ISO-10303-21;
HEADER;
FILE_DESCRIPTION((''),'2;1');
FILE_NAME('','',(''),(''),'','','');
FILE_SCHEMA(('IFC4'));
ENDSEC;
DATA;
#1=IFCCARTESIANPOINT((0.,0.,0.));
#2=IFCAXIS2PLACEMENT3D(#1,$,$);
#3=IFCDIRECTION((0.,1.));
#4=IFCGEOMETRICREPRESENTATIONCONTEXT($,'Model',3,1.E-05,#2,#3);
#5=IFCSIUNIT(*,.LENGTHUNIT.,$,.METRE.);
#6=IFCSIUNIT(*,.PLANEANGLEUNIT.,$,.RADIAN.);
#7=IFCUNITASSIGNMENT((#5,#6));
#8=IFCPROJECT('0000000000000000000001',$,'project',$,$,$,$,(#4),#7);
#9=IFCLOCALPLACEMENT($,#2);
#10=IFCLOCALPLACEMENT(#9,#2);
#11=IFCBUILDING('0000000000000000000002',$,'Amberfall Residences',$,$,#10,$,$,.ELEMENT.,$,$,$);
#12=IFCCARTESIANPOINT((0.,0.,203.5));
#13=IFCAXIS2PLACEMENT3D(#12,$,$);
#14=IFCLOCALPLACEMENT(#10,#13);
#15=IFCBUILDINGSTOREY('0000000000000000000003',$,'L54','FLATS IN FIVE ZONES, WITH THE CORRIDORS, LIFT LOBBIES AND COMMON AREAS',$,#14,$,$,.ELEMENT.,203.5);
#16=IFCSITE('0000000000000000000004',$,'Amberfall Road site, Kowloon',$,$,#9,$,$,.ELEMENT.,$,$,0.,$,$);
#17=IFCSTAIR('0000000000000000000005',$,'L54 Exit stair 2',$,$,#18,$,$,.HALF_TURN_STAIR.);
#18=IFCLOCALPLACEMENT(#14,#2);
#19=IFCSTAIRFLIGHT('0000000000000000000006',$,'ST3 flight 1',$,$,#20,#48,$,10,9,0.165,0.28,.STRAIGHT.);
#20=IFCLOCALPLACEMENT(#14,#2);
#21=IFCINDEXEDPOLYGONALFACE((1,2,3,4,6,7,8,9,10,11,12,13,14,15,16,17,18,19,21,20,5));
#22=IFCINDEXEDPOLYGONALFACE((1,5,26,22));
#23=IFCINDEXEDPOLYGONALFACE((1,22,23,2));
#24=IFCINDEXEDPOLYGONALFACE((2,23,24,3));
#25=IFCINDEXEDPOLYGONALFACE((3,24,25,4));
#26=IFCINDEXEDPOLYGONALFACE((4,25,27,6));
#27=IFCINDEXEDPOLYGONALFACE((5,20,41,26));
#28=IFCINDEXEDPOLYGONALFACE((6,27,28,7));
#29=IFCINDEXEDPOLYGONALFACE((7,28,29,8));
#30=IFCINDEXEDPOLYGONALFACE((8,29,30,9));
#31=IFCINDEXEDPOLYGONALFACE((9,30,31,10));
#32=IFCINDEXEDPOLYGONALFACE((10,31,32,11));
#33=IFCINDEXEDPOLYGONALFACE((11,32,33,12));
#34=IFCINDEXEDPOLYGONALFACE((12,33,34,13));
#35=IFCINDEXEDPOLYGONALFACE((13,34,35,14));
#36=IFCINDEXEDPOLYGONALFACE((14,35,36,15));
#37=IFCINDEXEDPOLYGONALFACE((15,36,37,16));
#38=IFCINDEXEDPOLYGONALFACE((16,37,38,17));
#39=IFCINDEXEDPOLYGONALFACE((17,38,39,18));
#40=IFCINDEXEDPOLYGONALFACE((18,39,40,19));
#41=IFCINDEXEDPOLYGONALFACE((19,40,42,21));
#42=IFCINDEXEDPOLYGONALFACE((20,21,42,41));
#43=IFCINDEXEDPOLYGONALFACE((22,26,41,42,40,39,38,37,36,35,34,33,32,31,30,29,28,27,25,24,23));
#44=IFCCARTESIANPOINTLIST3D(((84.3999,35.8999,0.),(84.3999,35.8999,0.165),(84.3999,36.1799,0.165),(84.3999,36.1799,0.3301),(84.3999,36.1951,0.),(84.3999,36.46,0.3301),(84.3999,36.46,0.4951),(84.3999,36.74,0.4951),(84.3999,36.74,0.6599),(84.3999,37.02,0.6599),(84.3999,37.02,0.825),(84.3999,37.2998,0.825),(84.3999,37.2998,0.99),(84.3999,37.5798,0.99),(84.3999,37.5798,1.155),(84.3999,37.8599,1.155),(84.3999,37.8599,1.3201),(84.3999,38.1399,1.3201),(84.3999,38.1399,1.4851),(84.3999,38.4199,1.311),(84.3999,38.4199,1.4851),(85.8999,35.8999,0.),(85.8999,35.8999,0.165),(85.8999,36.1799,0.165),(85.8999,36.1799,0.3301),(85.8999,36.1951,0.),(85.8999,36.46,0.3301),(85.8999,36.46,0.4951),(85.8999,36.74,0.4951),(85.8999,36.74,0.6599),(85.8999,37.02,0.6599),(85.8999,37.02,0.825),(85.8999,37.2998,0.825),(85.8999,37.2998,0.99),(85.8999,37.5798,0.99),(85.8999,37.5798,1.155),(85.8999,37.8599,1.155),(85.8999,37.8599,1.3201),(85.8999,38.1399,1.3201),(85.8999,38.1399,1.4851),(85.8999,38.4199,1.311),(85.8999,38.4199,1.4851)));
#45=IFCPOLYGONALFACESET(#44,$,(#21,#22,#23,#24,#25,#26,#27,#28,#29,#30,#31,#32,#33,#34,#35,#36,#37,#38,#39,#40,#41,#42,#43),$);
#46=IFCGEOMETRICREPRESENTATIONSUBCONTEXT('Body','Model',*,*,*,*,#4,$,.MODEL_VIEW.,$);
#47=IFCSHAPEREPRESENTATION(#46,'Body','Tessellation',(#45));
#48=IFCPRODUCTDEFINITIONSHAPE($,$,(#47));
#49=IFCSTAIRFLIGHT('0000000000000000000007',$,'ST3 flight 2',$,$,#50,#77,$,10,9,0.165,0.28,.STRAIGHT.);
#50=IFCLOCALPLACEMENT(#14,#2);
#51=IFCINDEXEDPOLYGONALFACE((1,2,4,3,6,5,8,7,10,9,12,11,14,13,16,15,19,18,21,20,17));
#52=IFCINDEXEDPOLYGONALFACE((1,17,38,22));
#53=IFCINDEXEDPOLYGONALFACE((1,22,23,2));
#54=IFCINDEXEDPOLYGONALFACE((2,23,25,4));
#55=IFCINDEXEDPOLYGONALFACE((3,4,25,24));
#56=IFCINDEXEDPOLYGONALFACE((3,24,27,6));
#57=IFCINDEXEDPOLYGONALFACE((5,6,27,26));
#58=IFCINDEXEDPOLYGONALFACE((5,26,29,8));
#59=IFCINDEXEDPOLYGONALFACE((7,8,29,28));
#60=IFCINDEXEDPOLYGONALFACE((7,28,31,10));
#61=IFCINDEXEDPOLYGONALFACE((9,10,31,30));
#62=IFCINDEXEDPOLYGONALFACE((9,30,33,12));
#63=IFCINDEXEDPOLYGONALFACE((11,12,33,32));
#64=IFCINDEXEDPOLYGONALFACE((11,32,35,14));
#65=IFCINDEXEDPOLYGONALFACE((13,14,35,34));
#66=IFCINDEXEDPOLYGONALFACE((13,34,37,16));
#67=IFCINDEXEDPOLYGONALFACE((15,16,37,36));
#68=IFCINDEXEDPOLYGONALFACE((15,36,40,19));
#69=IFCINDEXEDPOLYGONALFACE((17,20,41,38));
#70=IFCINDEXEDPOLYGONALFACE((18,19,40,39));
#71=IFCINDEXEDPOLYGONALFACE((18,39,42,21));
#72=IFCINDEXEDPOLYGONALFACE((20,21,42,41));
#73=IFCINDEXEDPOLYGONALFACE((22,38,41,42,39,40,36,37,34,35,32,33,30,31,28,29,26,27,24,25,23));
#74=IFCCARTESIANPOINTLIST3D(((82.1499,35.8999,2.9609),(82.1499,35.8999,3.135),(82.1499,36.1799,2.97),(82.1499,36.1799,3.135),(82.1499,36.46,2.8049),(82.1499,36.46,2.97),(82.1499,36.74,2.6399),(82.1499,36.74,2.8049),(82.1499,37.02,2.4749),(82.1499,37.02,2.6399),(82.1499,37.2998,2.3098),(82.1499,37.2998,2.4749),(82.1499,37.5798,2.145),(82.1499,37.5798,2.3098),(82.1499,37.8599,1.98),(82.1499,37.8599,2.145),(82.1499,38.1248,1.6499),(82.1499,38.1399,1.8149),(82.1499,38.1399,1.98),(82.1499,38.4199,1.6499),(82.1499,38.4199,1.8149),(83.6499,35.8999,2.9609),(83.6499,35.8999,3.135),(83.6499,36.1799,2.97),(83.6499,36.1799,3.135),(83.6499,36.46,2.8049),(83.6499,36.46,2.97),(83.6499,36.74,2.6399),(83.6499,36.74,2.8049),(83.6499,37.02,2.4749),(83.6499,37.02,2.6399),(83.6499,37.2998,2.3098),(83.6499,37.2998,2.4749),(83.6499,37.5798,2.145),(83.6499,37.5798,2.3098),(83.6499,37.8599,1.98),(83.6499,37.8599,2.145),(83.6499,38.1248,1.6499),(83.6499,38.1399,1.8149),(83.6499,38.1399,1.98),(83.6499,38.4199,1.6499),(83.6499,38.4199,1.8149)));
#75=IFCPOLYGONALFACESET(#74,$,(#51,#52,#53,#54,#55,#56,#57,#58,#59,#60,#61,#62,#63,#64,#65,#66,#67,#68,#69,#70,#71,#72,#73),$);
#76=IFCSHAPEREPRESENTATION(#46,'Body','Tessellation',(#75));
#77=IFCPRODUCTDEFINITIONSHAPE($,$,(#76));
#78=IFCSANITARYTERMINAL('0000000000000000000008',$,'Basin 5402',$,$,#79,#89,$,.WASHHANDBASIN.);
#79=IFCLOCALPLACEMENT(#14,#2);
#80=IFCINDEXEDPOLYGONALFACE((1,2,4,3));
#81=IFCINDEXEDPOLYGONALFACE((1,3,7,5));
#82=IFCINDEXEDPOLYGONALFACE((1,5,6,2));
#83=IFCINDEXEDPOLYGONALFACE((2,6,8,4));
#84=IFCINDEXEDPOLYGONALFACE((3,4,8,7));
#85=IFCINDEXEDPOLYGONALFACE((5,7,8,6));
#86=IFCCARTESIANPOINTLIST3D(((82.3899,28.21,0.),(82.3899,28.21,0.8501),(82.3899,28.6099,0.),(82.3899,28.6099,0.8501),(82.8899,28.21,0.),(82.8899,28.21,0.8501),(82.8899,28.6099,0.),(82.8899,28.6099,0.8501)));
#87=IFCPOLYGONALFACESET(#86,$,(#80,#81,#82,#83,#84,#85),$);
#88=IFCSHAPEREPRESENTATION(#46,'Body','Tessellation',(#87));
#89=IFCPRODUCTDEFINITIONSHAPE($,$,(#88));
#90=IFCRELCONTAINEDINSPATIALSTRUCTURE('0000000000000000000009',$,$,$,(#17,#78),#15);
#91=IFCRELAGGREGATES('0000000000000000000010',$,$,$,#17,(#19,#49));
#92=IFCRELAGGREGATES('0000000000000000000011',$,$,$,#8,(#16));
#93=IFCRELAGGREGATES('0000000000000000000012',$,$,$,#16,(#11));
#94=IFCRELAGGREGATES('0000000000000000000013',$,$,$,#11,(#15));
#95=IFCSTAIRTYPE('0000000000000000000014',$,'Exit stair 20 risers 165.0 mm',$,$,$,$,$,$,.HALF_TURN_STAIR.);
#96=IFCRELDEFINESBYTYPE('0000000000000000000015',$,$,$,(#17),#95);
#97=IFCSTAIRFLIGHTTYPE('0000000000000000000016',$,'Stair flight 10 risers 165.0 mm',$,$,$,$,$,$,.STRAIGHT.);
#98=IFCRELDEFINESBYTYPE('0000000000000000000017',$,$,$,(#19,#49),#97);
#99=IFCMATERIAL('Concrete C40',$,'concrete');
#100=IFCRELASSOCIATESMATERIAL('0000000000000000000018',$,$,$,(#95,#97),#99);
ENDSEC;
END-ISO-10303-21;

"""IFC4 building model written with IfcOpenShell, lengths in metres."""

from ifc_helpers import new_model, si_unit, direction, frame, origin, origin_2d, place, context, subcontext, project, spatial, polyline, rectangle, outline, extrude, material, type_object, element, aggregate, save


model = new_model("IFC4")

# Units and contexts
model_context = context("Model", 3, precision=1e-05, world=origin(), true_north=direction((0.0, 1.0)))
body_context = subcontext(model_context, "Body", "Model", "MODEL_VIEW")
ifc_project = project(units=[si_unit("LENGTHUNIT", "METRE"), si_unit("PLANEANGLEUNIT", "RADIAN")], contexts=[model_context])

# Site, building, storey
site_placement = place(None, origin())
site = spatial("IfcSite", under=ifc_project, at=site_placement, Name="Amberfall Road site, Kowloon", CompositionType="ELEMENT", RefElevation=0.0)
building_placement = place(site_placement, origin())
building = spatial("IfcBuilding", under=site, at=building_placement, Name="Amberfall Residences", CompositionType="ELEMENT")
storey_placement = place(building_placement, frame((0.0, 0.0, 203.5)))
storey = spatial("IfcBuildingStorey", under=building, at=storey_placement, Name="L54", Description="FLATS IN FIVE ZONES, WITH THE CORRIDORS, LIFT LOBBIES AND COMMON AREAS", CompositionType="ELEMENT", Elevation=203.5)

# Stair, stair flights
ifc_material_1 = material(Name="Concrete C40", Category="concrete")
stair_type = type_object("IfcStairType", Name="Exit stair 20 risers 165.0 mm", PredefinedType="HALF_TURN_STAIR", material=ifc_material_1)
stair_placement = place(storey_placement, origin())
stair = element("IfcStair", 1, at=stair_placement, inside=storey, type_object=stair_type, Name="L54 Exit stair 2", PredefinedType="HALF_TURN_STAIR")
stair_flight_type = type_object("IfcStairFlightType", Name="Stair flight 10 risers 165.0 mm", PredefinedType="STRAIGHT", material=ifc_material_1)
stair_flight_1_placement = place(storey_placement, frame((85.1499, 35.8999, 0.0), z_axis=(0.0, 0.0, 1.0), x_axis=(0.0, 1.0, 0.0)))
stair_flight_1 = element("IfcStairFlight", 2, at=stair_flight_1_placement, type_object=stair_flight_type, Name="ST3 flight 1", NumberOfRisers=10, NumberOfTreads=9, PredefinedType="STRAIGHT", RiserHeight=0.165, TreadLength=0.28, context=body_context, shape_type="SweptSolid", body=[
    extrude(outline(polyline([(0.0, 0.0), (0.0, 0.165), (0.28, 0.165), (0.28, 0.3301), (0.5601, 0.3301), (0.5601, 0.4951), (0.8401, 0.4951), (0.8401, 0.6599), (1.1201, 0.6599), (1.1201, 0.825), (1.3999, 0.825), (1.3999, 0.99), (1.6799, 0.99), (1.6799, 1.155), (1.96, 1.155), (1.96, 1.3201), (2.24, 1.3201), (2.24, 1.4851), (2.52, 1.4851), (2.52, 1.6499), (2.52, 1.311), (0.2952, 0.0), (0.0, 0.0)])), frame((0.0, 0.75, 0.0), z_axis=(0.0, -1.0, 0.0), x_axis=(1.0, 0.0, 0.0)), (0.0, 0.0, 1.0), 1.5),
])
stair_flight_2_placement = place(storey_placement, frame((82.8999, 38.4199, 1.6499), z_axis=(0.0, 0.0, 1.0), x_axis=(0.0, -1.0, 0.0)))
stair_flight_2 = element("IfcStairFlight", 3, at=stair_flight_2_placement, type_object=stair_flight_type, Name="ST3 flight 2", NumberOfRisers=10, NumberOfTreads=9, PredefinedType="STRAIGHT", RiserHeight=0.165, TreadLength=0.28, context=body_context, shape_type="SweptSolid", body=[
    extrude(outline(polyline([(0.0, 0.0), (0.0, 0.165), (0.28, 0.165), (0.28, 0.3301), (0.5601, 0.3301), (0.5601, 0.4951), (0.8401, 0.4951), (0.8401, 0.6599), (1.1201, 0.6599), (1.1201, 0.825), (1.3999, 0.825), (1.3999, 0.99), (1.6799, 0.99), (1.6799, 1.155), (1.96, 1.155), (1.96, 1.3201), (2.24, 1.3201), (2.24, 1.4851), (2.52, 1.4851), (2.52, 1.6499), (2.52, 1.311), (0.2952, 0.0), (0.0, 0.0)])), frame((0.0, 0.75, 0.0), z_axis=(0.0, -1.0, 0.0), x_axis=(1.0, 0.0, 0.0)), (0.0, 0.0, 1.0), 1.5),
])
aggregate(stair, [stair_flight_1, stair_flight_2])

# Sanitary terminal
sanitary_terminal_placement = place(storey_placement, frame((82.6399, 28.4099, 0.0), z_axis=(0.0, 0.0, 1.0), x_axis=(1.0, 0.0, 0.0)))
element("IfcSanitaryTerminal", 4, at=sanitary_terminal_placement, inside=storey, Name="Basin 5402", PredefinedType="WASHHANDBASIN", context=body_context, shape_type="SweptSolid", body=[
    extrude(rectangle(XDim=0.5, YDim=0.3999, at=origin_2d()), origin(), (0.0, 0.0, 1.0), 0.8501),
])

save(model, "model.ifc")
